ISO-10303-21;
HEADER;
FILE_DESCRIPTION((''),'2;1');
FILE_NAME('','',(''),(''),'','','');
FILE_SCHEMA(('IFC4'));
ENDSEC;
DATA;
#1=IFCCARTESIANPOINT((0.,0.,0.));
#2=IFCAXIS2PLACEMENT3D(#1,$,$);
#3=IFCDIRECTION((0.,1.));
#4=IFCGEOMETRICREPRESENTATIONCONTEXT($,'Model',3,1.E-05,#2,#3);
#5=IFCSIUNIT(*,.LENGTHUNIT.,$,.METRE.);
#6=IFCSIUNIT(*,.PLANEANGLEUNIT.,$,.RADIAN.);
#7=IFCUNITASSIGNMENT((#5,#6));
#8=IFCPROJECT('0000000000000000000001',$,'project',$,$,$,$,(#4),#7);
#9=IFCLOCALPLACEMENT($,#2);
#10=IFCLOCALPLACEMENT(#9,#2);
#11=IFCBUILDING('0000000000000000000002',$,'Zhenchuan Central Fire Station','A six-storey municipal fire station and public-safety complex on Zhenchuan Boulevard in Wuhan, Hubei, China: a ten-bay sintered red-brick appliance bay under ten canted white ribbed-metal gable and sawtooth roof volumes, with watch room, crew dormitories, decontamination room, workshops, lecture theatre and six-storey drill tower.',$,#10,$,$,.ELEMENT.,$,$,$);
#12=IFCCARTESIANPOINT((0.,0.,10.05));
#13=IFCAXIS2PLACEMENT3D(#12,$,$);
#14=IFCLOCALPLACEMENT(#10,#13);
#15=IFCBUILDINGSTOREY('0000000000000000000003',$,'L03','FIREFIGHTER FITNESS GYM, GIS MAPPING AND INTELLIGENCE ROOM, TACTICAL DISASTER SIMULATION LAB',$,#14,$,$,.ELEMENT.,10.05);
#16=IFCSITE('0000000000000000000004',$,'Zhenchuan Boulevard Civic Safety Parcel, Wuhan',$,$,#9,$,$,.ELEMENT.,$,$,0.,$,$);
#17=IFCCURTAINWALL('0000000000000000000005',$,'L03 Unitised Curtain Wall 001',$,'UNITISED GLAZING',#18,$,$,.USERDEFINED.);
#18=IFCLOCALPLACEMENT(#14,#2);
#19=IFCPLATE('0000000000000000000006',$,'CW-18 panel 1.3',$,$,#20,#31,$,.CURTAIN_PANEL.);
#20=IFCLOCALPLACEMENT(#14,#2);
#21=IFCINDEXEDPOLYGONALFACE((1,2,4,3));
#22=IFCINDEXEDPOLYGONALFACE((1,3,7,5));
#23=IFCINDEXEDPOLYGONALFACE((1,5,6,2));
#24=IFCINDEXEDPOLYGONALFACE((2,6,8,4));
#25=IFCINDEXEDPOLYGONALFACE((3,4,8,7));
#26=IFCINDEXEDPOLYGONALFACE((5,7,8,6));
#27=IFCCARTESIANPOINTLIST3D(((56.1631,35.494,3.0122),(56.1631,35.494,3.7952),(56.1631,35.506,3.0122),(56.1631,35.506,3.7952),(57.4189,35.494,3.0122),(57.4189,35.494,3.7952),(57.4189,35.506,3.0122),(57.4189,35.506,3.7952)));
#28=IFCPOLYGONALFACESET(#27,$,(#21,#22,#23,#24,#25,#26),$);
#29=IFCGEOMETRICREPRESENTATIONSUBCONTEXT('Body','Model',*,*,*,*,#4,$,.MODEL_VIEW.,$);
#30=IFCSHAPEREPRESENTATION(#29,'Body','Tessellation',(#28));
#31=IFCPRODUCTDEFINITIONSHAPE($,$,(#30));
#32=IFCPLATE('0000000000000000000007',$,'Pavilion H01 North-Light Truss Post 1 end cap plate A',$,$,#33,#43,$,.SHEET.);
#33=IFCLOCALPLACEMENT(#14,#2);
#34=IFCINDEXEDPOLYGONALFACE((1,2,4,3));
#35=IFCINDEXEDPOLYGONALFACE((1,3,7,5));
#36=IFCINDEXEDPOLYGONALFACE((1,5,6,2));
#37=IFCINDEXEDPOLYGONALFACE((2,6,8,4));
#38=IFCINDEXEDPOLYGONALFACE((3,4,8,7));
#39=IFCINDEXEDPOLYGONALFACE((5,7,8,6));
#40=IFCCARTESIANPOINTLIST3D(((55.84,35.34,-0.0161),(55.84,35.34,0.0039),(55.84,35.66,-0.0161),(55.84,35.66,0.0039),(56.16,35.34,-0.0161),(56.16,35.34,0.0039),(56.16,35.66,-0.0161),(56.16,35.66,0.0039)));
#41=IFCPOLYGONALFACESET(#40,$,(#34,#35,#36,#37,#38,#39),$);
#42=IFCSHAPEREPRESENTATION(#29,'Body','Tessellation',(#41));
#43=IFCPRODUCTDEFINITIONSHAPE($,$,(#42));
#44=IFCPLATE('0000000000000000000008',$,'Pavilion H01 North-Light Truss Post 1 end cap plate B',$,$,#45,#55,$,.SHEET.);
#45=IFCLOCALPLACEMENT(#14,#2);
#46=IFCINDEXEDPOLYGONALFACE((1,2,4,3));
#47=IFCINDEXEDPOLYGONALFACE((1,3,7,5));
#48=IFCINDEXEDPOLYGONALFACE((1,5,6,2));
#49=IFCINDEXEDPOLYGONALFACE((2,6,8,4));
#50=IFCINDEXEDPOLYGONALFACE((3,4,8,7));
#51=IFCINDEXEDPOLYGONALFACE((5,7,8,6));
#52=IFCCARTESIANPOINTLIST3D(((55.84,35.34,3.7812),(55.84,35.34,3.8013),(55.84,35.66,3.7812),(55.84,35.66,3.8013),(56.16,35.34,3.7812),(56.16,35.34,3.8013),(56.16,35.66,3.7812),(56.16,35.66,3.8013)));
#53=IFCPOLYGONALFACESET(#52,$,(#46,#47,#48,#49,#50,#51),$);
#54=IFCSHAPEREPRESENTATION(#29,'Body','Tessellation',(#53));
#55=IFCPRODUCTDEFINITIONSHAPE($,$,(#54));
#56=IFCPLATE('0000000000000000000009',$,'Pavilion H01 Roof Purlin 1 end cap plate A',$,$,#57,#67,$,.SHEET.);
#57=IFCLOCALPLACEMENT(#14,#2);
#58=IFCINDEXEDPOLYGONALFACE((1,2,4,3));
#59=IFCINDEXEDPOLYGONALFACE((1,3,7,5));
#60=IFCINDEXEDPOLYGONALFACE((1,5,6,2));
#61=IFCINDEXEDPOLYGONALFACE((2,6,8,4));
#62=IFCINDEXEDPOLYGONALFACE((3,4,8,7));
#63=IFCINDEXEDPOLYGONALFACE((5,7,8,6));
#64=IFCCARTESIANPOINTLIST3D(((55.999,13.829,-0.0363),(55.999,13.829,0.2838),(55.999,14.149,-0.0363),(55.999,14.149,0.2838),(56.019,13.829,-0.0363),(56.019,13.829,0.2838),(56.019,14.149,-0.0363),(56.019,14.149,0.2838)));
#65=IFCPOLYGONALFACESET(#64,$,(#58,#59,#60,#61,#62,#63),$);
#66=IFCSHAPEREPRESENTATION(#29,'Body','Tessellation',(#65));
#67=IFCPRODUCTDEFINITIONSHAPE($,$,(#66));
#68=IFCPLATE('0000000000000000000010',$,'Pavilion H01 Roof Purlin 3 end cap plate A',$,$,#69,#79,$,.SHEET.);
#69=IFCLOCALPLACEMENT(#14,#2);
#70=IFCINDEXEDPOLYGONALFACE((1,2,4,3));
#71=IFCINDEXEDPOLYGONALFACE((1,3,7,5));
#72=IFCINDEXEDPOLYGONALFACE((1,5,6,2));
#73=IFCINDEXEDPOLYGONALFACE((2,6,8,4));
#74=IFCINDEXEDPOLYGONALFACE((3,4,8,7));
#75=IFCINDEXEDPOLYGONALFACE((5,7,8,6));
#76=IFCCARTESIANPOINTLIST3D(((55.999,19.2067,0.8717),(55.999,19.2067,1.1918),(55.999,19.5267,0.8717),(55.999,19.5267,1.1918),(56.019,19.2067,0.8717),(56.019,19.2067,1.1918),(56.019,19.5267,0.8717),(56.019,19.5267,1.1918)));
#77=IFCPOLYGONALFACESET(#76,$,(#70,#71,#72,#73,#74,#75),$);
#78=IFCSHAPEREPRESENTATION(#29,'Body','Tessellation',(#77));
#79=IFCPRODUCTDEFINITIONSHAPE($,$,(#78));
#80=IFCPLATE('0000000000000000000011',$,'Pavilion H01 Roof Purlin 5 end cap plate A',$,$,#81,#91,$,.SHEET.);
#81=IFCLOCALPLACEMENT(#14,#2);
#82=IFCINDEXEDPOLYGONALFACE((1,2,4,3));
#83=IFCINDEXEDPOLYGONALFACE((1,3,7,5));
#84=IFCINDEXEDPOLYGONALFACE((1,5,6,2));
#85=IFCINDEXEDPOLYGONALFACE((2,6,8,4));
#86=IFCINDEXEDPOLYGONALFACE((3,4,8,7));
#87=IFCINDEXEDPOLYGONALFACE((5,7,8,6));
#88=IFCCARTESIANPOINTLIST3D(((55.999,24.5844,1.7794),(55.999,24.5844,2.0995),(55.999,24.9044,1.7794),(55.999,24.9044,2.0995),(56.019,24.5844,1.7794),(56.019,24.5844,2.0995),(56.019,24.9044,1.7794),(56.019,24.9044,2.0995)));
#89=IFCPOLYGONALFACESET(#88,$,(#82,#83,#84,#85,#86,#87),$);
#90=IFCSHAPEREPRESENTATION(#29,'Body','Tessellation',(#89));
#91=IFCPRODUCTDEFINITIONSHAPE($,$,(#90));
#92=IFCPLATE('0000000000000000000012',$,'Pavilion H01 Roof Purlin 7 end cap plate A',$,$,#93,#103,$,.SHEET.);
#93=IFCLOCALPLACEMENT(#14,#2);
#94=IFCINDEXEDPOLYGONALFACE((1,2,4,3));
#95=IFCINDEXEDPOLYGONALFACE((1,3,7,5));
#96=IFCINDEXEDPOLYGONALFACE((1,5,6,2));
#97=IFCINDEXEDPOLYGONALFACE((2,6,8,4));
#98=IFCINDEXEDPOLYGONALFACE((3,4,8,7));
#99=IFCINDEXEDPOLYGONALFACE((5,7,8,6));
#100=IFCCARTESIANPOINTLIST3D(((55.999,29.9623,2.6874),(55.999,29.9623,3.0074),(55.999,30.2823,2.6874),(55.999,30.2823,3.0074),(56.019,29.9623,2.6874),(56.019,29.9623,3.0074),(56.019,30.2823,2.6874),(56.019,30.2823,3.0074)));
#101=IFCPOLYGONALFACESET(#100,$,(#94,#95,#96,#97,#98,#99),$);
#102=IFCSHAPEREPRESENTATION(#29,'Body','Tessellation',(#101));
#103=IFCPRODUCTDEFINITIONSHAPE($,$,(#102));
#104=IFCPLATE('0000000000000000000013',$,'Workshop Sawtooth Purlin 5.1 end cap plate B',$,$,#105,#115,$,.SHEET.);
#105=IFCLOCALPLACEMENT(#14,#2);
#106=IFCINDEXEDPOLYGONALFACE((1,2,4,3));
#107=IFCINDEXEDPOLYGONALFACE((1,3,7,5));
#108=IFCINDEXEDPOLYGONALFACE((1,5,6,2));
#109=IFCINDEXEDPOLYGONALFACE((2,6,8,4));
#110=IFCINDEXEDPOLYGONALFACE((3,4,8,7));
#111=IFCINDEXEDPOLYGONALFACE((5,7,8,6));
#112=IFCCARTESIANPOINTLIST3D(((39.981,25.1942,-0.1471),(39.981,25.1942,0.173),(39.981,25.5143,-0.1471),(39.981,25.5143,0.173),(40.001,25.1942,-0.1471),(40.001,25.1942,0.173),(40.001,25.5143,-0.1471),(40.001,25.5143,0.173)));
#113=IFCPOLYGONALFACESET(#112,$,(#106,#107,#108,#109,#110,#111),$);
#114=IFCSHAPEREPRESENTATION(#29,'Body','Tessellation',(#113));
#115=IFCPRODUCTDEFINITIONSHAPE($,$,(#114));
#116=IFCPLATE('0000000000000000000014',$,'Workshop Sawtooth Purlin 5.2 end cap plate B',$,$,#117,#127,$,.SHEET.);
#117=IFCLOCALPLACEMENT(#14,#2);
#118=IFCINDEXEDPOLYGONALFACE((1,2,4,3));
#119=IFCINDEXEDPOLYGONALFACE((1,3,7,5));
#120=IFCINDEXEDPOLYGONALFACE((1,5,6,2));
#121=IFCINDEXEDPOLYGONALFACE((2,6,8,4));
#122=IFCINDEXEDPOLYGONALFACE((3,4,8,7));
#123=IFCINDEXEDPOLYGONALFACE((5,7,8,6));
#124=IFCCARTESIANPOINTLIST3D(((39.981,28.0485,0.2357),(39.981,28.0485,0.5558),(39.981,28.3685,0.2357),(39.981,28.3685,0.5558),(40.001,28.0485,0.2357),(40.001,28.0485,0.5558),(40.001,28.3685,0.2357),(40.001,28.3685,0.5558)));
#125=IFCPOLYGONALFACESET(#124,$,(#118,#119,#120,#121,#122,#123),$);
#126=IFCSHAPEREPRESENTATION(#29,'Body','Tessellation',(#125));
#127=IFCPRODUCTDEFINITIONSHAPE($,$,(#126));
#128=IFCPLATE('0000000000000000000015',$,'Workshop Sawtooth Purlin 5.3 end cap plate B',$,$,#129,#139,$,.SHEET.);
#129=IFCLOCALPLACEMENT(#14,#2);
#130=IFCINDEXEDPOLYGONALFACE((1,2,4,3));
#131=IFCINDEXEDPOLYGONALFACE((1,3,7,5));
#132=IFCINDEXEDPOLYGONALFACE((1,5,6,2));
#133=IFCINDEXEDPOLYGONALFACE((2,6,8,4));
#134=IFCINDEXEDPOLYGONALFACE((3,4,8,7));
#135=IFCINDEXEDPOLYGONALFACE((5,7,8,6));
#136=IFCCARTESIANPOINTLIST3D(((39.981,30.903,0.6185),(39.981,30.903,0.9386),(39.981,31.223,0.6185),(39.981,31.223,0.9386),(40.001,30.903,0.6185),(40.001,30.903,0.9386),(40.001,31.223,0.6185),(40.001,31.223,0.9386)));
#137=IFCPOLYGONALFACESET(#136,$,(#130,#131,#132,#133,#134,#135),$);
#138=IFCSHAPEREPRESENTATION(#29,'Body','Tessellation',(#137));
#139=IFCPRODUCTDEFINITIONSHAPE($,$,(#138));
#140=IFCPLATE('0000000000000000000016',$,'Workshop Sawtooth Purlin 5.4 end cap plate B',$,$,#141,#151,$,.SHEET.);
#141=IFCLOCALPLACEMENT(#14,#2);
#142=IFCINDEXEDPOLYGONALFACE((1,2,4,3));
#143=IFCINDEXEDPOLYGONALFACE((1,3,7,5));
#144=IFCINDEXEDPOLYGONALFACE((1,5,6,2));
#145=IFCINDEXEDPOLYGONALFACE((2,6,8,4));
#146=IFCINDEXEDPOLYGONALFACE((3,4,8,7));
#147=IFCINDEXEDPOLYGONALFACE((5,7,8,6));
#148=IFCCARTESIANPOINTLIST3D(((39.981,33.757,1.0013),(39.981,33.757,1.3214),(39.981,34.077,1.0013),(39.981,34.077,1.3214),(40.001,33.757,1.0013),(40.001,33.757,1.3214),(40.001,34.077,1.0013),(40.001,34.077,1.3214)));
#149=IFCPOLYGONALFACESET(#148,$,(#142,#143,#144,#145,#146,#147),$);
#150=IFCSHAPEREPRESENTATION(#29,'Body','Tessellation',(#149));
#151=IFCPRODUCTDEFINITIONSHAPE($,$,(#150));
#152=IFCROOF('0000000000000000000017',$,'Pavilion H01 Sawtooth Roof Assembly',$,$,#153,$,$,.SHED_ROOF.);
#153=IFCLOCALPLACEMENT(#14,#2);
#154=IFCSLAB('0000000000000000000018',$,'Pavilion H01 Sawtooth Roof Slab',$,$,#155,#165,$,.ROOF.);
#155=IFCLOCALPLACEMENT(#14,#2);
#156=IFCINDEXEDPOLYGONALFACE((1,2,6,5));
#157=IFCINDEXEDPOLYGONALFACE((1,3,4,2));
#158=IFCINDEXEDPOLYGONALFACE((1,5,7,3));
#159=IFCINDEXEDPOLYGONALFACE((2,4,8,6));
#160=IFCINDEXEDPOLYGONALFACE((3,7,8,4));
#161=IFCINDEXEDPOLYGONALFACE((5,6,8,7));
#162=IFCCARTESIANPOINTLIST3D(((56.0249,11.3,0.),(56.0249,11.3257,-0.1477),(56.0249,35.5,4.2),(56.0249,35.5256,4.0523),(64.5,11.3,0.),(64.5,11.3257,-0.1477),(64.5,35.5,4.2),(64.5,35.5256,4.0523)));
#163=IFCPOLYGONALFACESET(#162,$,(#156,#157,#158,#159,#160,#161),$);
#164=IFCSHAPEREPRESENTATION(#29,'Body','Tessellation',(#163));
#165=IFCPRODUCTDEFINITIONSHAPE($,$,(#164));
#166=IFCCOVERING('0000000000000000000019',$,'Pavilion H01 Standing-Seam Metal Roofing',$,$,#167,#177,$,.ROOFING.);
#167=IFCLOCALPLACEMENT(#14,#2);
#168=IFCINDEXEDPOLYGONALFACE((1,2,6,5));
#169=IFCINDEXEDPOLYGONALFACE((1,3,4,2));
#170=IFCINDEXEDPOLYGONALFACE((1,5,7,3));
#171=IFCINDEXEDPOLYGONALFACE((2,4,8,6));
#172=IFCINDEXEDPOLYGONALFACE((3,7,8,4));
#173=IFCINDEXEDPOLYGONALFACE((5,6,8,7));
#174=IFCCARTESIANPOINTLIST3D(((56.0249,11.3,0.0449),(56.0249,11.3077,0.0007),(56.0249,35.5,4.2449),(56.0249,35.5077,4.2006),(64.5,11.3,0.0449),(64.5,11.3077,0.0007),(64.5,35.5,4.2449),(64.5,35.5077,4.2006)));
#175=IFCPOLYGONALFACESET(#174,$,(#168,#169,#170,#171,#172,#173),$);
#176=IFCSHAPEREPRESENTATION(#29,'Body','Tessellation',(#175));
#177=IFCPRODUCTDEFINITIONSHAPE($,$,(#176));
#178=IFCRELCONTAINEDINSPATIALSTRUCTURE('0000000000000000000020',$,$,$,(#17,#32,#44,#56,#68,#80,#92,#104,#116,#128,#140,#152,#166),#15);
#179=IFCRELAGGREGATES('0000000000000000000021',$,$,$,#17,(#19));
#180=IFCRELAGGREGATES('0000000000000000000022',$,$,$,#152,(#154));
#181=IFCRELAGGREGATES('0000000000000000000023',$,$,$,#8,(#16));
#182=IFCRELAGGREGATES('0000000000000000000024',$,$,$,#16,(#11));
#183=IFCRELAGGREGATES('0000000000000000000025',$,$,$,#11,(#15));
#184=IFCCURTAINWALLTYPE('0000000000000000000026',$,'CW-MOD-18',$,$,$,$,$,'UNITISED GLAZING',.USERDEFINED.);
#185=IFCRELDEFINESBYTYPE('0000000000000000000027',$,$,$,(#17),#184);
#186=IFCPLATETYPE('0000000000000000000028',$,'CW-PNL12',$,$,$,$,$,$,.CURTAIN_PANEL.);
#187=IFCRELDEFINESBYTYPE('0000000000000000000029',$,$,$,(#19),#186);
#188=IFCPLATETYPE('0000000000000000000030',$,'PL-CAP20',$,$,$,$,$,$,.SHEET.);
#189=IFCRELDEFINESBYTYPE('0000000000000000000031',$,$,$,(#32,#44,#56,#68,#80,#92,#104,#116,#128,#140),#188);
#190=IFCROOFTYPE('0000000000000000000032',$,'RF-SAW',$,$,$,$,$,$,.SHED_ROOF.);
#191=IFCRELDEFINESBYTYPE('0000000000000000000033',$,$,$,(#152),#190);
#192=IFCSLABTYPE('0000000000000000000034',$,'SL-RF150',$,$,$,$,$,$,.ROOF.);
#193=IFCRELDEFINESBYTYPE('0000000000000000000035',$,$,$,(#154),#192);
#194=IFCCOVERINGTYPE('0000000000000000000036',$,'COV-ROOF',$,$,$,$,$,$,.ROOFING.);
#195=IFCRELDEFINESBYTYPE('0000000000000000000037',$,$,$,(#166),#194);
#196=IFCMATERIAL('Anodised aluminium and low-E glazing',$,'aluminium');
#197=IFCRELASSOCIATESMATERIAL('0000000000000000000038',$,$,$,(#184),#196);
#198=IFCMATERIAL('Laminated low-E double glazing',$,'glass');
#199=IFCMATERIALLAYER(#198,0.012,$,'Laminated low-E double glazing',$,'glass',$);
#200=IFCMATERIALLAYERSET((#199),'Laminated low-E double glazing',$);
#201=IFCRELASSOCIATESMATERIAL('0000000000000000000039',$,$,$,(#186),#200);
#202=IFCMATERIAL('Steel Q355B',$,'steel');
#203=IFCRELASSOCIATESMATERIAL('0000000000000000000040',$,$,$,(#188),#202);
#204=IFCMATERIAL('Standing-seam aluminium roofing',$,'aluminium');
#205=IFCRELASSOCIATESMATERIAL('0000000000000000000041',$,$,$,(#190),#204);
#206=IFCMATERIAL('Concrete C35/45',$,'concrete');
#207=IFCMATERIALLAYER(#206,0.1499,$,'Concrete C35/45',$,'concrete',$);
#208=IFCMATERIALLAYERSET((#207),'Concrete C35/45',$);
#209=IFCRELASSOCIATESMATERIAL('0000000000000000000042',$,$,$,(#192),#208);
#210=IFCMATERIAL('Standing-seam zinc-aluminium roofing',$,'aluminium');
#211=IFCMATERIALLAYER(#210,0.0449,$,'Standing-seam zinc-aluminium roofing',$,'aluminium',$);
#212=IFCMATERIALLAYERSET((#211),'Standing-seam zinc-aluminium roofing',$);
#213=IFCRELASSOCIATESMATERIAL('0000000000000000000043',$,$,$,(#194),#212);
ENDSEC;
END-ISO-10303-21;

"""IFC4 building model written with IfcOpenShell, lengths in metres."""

from ifc_helpers import new_model, si_unit, direction, frame, origin, origin_2d, place, context, subcontext, project, spatial, polyline, rectangle, outline, extrude, material, layer, layer_set, material_profile, profile_set, type_object, element, aggregate, save


model = new_model("IFC4")

# Units and contexts
model_context = context("Model", 3, precision=1e-05, world=origin(), true_north=direction((0.0, 1.0)))
body_context = subcontext(model_context, "Body", "Model", "MODEL_VIEW")
ifc_project = project(units=[si_unit("LENGTHUNIT", "METRE"), si_unit("PLANEANGLEUNIT", "RADIAN")], contexts=[model_context])

# Site, building, storey
site_placement = place(None, origin())
site = spatial("IfcSite", under=ifc_project, at=site_placement, Name="Zhenchuan Boulevard Civic Safety Parcel, Wuhan", CompositionType="ELEMENT", RefElevation=0.0)
building_placement = place(site_placement, origin())
building = spatial("IfcBuilding", under=site, at=building_placement, Name="Zhenchuan Central Fire Station", Description="A six-storey municipal fire station and public-safety complex on Zhenchuan Boulevard in Wuhan, Hubei, China: a ten-bay sintered red-brick appliance bay under ten canted white ribbed-metal gable and sawtooth roof volumes, with watch room, crew dormitories, decontamination room, workshops, lecture theatre and six-storey drill tower.", CompositionType="ELEMENT")
storey_placement = place(building_placement, frame((0.0, 0.0, 10.05)))
storey = spatial("IfcBuildingStorey", under=building, at=storey_placement, Name="L03", Description="FIREFIGHTER FITNESS GYM, GIS MAPPING AND INTELLIGENCE ROOM, TACTICAL DISASTER SIMULATION LAB", CompositionType="ELEMENT", Elevation=10.05)

# Shared definitions
ifc_material_1 = material(Name="Steel Q355B", Category="steel")

# Curtain wall
ifc_material_2 = material(Name="Anodised aluminium and low-E glazing", Category="aluminium")
curtain_wall_type = type_object("IfcCurtainWallType", Name="CW-MOD-18", ElementType="UNITISED GLAZING", PredefinedType="USERDEFINED", material=ifc_material_2)
curtain_wall_placement = place(storey_placement, origin())
curtain_wall = element("IfcCurtainWall", 1, at=curtain_wall_placement, inside=storey, type_object=curtain_wall_type, Name="L03 Unitised Curtain Wall 001", ObjectType="UNITISED GLAZING", PredefinedType="USERDEFINED")

# Plate
ifc_material_3 = material(Name="Laminated low-E double glazing", Category="glass")
ifc_layer_1 = layer(ifc_material_3, 0.012, Name="Laminated low-E double glazing", Category="glass")
ifc_layer_set_1 = layer_set([ifc_layer_1], Name="Laminated low-E double glazing")
plate_type_1 = type_object("IfcPlateType", Name="CW-PNL12", PredefinedType="CURTAIN_PANEL", material=ifc_layer_set_1)
plate_1_placement = place(storey_placement, frame((56.791, 35.5, 3.0122), z_axis=(0.0, 0.0, 1.0), x_axis=(1.0, 0.0, 0.0)))
plate_1 = element("IfcPlate", 2, at=plate_1_placement, type_object=plate_type_1, Name="CW-18 panel 1.3", PredefinedType="CURTAIN_PANEL", context=body_context, shape_type="SweptSolid", body=[
    extrude(rectangle(XDim=1.2559, YDim=0.012, at=origin_2d()), origin(), (0.0, 0.0, 1.0), 0.783),
])
aggregate(curtain_wall, [plate_1])

# Plates
ifc_material_profile_1 = material_profile(ifc_material_1, rectangle(XDim=0.3201, YDim=0.3201, at=origin_2d()), Name="PL 320x320x20")
ifc_profile_set_1 = profile_set([ifc_material_profile_1], Name="Steel Q355B")
plate_type_2 = type_object("IfcPlateType", Name="PL-CAP20", PredefinedType="SHEET", material=ifc_profile_set_1)
for number, where, z_axis, x_axis, name in (
    (3, (56.0, 35.5, -0.0161), (0.0, 0.0, 1.0), (1.0, 0.0, 0.0), "Pavilion H01 North-Light Truss Post 1 end cap plate A"),
    (4, (56.0, 35.5, 3.7812), (0.0, 0.0, 1.0), (1.0, 0.0, 0.0), "Pavilion H01 North-Light Truss Post 1 end cap plate B"),
    (5, (55.999, 13.989, 0.1238), (1.0, 0.0, 0.0), (0.0, 1.0, 0.0), "Pavilion H01 Roof Purlin 1 end cap plate A"),
    (6, (55.999, 19.3667, 1.0317), (1.0, 0.0, 0.0), (0.0, 1.0, 0.0), "Pavilion H01 Roof Purlin 3 end cap plate A"),
    (7, (55.999, 24.7444, 1.9395), (1.0, 0.0, 0.0), (0.0, 1.0, 0.0), "Pavilion H01 Roof Purlin 5 end cap plate A"),
    (8, (55.999, 30.1223, 2.8474), (1.0, 0.0, 0.0), (0.0, 1.0, 0.0), "Pavilion H01 Roof Purlin 7 end cap plate A"),
    (9, (39.981, 25.3542, 0.0129), (1.0, 0.0, 0.0), (0.0, 1.0, 0.0), "Workshop Sawtooth Purlin 5.1 end cap plate B"),
    (10, (39.981, 28.2085, 0.3958), (1.0, 0.0, 0.0), (0.0, 1.0, 0.0), "Workshop Sawtooth Purlin 5.2 end cap plate B"),
    (11, (39.981, 31.063, 0.7786), (1.0, 0.0, 0.0), (0.0, 1.0, 0.0), "Workshop Sawtooth Purlin 5.3 end cap plate B"),
    (12, (39.981, 33.917, 1.1614), (1.0, 0.0, 0.0), (0.0, 1.0, 0.0), "Workshop Sawtooth Purlin 5.4 end cap plate B"),
):
    element("IfcPlate", number, at=place(storey_placement, frame(where, z_axis=z_axis, x_axis=x_axis)), inside=storey, type_object=plate_type_2, Name=name, PredefinedType="SHEET", context=body_context, shape_type="SweptSolid", body=[
        extrude(rectangle(XDim=0.3201, YDim=0.3201, at=origin_2d()), origin(), (0.0, 0.0, 1.0), 0.02),
    ])

# Roof, slab
ifc_material_4 = material(Name="Standing-seam aluminium roofing", Category="aluminium")
roof_type = type_object("IfcRoofType", Name="RF-SAW", PredefinedType="SHED_ROOF", material=ifc_material_4)
roof_placement = place(storey_placement, origin())
roof = element("IfcRoof", 13, at=roof_placement, inside=storey, type_object=roof_type, Name="Pavilion H01 Sawtooth Roof Assembly", PredefinedType="SHED_ROOF")
ifc_material_5 = material(Name="Concrete C35/45", Category="concrete")
ifc_layer_2 = layer(ifc_material_5, 0.1499, Name="Concrete C35/45", Category="concrete")
ifc_layer_set_2 = layer_set([ifc_layer_2], Name="Concrete C35/45")
slab_type = type_object("IfcSlabType", Name="SL-RF150", PredefinedType="ROOF", material=ifc_layer_set_2)
slab_placement = place(storey_placement, frame((56.0249, 11.3, 0.0), z_axis=(0.0, -0.170996, 0.985272), x_axis=(1.0, 0.0, 0.0)))
slab = element("IfcSlab", 14, at=slab_placement, type_object=slab_type, Name="Pavilion H01 Sawtooth Roof Slab", PredefinedType="ROOF", context=body_context, shape_type="SweptSolid", body=[
    extrude(outline(polyline([(0.0, 0.0), (8.4751, 0.0), (8.4751, 24.5617), (0.0, 24.5617), (0.0, 0.0)])), origin(), (0.0, 0.0, -1.0), 0.1499),
])
aggregate(roof, [slab])

# Covering
ifc_material_6 = material(Name="Standing-seam zinc-aluminium roofing", Category="aluminium")
ifc_layer_3 = layer(ifc_material_6, 0.0449, Name="Standing-seam zinc-aluminium roofing", Category="aluminium")
ifc_layer_set_3 = layer_set([ifc_layer_3], Name="Standing-seam zinc-aluminium roofing")
covering_type = type_object("IfcCoveringType", Name="COV-ROOF", PredefinedType="ROOFING", material=ifc_layer_set_3)
covering_placement = place(storey_placement, frame((56.0249, 11.3, 0.0449), z_axis=(0.0, -0.170996, 0.985272), x_axis=(1.0, 0.0, 0.0)))
element("IfcCovering", 15, at=covering_placement, inside=storey, type_object=covering_type, Name="Pavilion H01 Standing-Seam Metal Roofing", PredefinedType="ROOFING", context=body_context, shape_type="SweptSolid", body=[
    extrude(outline(polyline([(0.0, 0.0), (8.4751, 0.0), (8.4751, 24.5617), (0.0, 24.5617), (0.0, 0.0)])), origin(), (0.0, 0.0, -1.0), 0.0449),
])

save(model, "model.ifc")
